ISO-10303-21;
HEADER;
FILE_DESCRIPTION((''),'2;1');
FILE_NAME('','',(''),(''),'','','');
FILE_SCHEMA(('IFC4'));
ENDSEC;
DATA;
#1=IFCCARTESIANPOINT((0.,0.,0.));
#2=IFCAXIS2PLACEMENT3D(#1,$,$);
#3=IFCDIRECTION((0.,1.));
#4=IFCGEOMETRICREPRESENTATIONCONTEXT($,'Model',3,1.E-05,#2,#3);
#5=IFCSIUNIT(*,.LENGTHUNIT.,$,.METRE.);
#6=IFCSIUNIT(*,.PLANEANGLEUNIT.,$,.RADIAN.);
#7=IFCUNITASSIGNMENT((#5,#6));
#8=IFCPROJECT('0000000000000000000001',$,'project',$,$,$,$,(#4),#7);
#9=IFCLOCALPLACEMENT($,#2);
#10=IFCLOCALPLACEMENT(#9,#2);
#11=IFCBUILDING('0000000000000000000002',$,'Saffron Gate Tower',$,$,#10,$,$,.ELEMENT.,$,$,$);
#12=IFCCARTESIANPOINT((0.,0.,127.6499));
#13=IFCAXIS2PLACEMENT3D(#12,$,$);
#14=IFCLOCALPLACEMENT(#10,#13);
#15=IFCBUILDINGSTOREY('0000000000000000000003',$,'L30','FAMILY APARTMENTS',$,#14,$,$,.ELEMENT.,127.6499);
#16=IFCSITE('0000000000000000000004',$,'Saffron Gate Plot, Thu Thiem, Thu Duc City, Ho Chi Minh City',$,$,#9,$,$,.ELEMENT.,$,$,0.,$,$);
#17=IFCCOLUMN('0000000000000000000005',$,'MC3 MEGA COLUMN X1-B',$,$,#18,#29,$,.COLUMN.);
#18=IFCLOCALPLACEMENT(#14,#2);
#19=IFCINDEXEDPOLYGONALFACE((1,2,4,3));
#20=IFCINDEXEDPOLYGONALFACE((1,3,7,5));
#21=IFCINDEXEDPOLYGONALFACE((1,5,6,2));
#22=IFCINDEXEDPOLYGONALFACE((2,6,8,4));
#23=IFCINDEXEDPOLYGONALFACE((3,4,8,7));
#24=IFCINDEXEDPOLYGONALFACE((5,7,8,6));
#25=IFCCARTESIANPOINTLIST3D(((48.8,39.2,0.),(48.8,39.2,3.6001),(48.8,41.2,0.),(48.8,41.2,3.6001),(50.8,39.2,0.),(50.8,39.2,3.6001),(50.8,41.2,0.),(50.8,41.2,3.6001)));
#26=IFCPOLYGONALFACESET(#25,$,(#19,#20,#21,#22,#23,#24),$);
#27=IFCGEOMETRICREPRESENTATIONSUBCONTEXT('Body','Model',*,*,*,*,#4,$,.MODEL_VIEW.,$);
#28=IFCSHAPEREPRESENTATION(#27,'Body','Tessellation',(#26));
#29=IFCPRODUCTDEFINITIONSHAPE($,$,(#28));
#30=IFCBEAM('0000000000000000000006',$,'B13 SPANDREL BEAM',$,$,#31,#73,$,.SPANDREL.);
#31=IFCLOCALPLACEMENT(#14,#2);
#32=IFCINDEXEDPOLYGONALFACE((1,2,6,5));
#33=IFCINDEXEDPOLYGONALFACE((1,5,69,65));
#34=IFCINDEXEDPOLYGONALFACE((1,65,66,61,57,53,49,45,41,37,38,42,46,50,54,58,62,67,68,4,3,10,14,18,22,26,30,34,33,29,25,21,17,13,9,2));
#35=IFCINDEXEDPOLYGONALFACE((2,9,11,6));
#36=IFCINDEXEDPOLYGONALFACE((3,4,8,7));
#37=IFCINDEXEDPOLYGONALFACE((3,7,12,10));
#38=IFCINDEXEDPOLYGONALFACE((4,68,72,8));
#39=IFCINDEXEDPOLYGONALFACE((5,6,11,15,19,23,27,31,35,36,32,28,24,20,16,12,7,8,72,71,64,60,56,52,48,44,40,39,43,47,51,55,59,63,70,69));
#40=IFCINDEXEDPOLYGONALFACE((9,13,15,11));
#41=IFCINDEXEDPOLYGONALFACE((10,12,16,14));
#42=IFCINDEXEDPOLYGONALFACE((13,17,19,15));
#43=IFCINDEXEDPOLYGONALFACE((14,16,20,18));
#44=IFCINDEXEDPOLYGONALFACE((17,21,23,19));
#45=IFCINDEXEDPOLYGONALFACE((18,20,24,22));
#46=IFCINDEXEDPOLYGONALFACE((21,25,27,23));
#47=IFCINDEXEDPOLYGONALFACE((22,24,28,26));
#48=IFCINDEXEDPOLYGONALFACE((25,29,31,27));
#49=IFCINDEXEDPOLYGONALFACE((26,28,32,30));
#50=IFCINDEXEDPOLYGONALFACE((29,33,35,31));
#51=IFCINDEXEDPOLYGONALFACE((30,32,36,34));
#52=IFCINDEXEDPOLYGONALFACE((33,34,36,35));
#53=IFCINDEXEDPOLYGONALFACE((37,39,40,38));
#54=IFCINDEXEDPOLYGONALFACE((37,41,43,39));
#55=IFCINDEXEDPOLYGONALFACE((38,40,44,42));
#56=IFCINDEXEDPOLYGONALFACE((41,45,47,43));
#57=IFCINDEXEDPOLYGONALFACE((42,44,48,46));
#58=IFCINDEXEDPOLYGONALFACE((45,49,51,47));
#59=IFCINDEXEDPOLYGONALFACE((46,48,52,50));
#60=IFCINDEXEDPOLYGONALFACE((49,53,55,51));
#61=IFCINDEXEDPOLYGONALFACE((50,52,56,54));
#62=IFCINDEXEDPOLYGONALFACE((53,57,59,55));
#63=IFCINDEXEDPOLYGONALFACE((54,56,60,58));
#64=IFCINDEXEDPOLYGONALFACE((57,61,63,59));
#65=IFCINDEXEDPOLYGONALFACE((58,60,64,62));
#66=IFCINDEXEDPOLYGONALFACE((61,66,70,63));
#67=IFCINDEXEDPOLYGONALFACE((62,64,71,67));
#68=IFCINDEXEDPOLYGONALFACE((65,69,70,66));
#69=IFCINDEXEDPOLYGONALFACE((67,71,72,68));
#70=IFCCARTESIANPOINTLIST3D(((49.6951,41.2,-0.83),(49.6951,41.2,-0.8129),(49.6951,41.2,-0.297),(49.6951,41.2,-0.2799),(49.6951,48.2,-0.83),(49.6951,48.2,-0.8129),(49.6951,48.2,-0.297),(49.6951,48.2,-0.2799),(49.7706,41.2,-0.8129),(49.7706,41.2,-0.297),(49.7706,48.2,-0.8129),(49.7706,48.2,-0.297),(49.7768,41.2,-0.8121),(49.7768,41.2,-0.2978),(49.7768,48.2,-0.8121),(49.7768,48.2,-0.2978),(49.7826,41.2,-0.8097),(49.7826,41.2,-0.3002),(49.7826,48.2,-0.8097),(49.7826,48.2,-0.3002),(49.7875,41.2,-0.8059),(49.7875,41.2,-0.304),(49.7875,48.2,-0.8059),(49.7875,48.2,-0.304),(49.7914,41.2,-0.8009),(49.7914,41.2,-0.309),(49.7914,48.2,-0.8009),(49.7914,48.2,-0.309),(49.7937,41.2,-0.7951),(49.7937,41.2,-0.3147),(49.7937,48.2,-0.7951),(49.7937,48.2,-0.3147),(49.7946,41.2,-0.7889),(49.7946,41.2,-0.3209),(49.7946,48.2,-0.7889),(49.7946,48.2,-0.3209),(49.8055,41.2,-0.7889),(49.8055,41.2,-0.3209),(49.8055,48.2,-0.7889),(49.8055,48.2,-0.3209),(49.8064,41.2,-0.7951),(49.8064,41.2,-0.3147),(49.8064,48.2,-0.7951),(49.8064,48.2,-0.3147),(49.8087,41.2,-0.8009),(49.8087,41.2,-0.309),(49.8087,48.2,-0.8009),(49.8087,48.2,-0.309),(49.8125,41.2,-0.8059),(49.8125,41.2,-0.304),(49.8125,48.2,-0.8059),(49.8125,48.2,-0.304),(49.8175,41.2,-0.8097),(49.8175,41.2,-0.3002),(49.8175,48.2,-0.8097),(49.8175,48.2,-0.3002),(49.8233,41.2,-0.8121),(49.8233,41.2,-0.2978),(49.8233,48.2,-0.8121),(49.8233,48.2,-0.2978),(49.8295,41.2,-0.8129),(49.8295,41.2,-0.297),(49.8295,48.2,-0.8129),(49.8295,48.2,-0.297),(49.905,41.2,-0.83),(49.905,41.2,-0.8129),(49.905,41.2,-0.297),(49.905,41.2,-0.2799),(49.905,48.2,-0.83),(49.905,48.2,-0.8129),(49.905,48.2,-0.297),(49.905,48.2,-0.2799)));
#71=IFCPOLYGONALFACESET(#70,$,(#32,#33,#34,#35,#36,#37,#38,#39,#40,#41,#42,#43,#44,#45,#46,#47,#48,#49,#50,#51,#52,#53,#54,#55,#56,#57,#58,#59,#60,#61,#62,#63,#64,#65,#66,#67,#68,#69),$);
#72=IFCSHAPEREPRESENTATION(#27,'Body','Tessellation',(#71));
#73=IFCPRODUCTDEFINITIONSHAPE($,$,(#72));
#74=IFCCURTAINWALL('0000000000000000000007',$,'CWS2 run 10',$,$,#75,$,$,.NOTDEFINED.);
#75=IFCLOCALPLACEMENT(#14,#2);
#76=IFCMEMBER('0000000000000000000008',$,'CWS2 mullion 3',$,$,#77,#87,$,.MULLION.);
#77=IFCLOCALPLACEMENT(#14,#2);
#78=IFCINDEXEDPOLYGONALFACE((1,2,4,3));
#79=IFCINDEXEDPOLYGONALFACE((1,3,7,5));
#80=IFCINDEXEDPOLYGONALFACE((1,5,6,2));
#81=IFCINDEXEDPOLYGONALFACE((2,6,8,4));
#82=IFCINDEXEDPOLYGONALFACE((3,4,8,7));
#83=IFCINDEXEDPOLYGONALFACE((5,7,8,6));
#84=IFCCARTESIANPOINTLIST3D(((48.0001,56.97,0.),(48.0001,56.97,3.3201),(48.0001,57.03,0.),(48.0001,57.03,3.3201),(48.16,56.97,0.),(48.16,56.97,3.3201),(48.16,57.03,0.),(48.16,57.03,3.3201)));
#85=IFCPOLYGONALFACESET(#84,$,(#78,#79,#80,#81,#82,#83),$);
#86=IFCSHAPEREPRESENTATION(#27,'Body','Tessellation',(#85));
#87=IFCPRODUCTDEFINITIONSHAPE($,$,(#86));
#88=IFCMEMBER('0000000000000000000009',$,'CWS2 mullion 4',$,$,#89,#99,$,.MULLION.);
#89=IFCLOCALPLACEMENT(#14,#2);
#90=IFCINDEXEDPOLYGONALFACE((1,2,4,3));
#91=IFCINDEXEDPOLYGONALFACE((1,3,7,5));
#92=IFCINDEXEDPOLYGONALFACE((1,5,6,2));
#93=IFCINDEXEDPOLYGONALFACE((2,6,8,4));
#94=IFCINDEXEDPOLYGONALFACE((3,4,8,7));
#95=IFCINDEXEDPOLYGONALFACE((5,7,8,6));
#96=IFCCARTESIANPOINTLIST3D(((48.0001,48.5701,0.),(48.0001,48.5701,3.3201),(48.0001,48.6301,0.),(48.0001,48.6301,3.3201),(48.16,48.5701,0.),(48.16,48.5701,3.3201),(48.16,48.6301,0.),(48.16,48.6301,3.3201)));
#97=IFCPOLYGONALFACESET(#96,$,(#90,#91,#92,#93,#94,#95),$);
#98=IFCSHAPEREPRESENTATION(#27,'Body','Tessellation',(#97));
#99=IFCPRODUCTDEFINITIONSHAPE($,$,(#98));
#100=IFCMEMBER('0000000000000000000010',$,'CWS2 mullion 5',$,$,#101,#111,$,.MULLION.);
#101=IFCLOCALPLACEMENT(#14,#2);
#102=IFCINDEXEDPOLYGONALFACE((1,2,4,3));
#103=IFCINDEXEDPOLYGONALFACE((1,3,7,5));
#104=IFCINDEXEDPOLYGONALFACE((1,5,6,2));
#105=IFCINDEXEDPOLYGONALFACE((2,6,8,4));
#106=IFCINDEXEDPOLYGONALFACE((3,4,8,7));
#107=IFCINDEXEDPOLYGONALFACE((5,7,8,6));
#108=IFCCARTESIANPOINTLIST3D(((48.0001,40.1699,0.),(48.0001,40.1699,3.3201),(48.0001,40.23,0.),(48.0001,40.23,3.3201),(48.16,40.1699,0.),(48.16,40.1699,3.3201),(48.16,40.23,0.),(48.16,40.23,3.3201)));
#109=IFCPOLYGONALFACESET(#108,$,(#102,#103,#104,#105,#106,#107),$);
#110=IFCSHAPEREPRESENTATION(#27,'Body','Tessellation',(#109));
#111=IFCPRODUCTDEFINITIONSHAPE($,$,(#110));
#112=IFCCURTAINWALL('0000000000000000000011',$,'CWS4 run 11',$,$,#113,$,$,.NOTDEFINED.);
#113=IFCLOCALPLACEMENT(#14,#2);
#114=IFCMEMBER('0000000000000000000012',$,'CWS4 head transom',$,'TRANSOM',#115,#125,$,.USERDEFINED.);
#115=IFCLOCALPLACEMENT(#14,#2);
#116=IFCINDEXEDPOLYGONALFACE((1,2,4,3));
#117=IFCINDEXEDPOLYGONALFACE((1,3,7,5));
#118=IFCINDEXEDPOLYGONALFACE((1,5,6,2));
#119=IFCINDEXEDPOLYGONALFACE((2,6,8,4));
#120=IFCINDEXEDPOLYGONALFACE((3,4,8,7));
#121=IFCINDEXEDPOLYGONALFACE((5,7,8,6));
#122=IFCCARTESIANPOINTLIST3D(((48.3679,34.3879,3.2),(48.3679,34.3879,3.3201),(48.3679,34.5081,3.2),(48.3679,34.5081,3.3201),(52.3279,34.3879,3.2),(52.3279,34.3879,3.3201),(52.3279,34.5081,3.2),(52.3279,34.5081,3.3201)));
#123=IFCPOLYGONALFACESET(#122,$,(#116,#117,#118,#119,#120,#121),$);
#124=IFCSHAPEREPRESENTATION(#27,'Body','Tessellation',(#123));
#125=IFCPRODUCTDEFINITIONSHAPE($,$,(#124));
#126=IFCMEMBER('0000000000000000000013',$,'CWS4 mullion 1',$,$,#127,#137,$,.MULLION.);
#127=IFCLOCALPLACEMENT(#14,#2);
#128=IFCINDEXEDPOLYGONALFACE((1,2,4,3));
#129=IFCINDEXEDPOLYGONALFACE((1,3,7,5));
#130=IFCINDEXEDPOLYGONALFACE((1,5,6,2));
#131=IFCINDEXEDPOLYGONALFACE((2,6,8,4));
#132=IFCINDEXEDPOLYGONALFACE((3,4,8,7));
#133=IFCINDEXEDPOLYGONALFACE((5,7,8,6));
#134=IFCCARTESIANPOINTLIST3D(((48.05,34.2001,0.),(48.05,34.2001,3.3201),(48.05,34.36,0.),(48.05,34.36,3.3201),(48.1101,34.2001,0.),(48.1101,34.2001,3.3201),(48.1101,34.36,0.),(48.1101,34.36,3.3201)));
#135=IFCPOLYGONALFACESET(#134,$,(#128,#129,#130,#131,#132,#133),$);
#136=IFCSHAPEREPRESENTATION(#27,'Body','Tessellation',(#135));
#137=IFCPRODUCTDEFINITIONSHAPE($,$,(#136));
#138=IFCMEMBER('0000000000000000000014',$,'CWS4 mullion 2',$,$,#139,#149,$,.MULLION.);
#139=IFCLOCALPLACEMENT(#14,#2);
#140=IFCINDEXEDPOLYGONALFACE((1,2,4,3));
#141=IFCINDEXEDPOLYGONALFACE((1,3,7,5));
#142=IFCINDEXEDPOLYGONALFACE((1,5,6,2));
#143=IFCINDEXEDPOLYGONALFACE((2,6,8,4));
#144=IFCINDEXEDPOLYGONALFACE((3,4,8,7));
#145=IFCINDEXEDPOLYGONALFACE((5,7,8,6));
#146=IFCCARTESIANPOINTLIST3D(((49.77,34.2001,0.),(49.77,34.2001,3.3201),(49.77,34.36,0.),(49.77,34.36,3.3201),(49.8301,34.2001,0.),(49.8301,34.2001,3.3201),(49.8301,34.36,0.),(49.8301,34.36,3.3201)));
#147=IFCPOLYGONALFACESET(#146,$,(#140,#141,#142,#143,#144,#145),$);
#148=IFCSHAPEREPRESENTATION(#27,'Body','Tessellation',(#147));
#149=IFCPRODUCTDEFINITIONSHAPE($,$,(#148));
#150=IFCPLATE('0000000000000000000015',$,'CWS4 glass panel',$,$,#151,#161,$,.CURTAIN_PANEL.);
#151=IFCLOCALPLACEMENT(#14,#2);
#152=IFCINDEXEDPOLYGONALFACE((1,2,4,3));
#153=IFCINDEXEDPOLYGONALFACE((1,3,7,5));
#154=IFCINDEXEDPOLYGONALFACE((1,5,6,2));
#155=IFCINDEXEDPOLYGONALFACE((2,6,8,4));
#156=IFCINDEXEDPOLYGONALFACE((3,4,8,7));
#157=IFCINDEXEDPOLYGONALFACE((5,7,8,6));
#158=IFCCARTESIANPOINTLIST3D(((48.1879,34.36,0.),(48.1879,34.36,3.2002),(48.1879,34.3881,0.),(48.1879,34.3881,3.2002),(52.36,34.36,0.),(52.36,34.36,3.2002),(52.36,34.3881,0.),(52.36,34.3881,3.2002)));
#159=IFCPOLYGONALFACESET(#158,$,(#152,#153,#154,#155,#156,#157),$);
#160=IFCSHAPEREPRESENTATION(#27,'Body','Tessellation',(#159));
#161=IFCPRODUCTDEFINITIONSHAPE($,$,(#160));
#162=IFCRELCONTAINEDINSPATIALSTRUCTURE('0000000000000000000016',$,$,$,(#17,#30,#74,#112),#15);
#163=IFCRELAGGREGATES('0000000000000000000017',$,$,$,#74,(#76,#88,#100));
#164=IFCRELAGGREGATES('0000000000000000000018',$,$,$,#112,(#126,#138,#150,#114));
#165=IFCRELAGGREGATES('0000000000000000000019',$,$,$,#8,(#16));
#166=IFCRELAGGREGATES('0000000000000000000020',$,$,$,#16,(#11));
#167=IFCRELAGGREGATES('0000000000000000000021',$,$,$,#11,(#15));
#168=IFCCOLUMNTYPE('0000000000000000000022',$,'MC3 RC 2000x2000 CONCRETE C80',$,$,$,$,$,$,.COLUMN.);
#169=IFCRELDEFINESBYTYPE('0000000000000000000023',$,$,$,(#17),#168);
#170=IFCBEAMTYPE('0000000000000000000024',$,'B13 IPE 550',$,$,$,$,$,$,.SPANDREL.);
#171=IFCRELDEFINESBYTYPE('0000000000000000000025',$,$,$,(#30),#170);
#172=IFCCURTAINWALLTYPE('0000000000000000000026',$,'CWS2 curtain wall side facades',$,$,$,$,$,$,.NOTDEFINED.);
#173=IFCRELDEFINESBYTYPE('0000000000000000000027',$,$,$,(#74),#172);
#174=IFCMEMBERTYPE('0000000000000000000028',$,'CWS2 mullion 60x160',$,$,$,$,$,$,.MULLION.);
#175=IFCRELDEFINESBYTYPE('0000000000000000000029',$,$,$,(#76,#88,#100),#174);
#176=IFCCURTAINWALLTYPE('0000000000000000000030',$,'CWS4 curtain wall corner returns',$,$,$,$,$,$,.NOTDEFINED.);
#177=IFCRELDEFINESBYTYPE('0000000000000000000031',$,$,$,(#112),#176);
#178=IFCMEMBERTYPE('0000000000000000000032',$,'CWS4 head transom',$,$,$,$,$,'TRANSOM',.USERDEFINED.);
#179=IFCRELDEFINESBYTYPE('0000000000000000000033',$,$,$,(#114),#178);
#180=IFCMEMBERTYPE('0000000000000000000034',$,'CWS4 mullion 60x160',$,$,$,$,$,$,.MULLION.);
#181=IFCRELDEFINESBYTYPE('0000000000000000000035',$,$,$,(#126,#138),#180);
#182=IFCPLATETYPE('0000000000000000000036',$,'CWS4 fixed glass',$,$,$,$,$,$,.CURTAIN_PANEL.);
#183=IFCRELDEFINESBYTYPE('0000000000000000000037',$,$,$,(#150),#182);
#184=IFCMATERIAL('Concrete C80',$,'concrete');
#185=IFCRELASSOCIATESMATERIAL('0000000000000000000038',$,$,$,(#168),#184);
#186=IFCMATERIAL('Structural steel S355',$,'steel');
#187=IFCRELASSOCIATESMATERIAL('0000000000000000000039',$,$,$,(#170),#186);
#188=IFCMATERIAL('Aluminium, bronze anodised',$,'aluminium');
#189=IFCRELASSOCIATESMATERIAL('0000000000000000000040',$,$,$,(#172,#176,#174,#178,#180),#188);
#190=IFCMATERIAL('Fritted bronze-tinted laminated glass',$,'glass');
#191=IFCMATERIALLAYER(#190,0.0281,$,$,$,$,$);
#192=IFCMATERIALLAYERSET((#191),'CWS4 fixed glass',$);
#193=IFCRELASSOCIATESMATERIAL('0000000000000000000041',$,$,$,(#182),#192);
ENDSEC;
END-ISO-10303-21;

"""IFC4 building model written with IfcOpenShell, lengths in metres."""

from ifc_helpers import new_model, si_unit, direction, frame, frame_2d, origin, origin_2d, place, context, subcontext, project, spatial, rectangle, i_section, extrude, material, layer, layer_set, material_profile, profile_set, type_object, element, aggregate, save


model = new_model("IFC4")

# Units and contexts
model_context = context("Model", 3, precision=1e-05, world=origin(), true_north=direction((0.0, 1.0)))
body_context = subcontext(model_context, "Body", "Model", "MODEL_VIEW")
ifc_project = project(units=[si_unit("LENGTHUNIT", "METRE"), si_unit("PLANEANGLEUNIT", "RADIAN")], contexts=[model_context])

# Site, building, storey
site_placement = place(None, origin())
site = spatial("IfcSite", under=ifc_project, at=site_placement, Name="Saffron Gate Plot, Thu Thiem, Thu Duc City, Ho Chi Minh City", CompositionType="ELEMENT", RefElevation=0.0)
building_placement = place(site_placement, origin())
building = spatial("IfcBuilding", under=site, at=building_placement, Name="Saffron Gate Tower", CompositionType="ELEMENT")
storey_placement = place(building_placement, frame((0.0, 0.0, 127.6499)))
storey = spatial("IfcBuildingStorey", under=building, at=storey_placement, Name="L30", Description="FAMILY APARTMENTS", CompositionType="ELEMENT", Elevation=127.6499)

# Column
ifc_material_1 = material(Name="Concrete C80", Category="concrete")
ifc_material_profile_1 = material_profile(ifc_material_1, rectangle(XDim=2.0, YDim=2.0, at=origin_2d()))
ifc_profile_set_1 = profile_set([ifc_material_profile_1], Name="Concrete C80")
column_type = type_object("IfcColumnType", Name="MC3 RC 2000x2000 CONCRETE C80", PredefinedType="COLUMN", material=ifc_profile_set_1)
column_placement = place(storey_placement, frame((49.8, 40.2, 0.0), z_axis=(0.0, 0.0, 1.0), x_axis=(1.0, 0.0, 0.0)))
element("IfcColumn", 1, at=column_placement, inside=storey, type_object=column_type, Name="MC3 MEGA COLUMN X1-B", PredefinedType="COLUMN", context=body_context, shape_type="SweptSolid", body=[
    extrude(rectangle(XDim=2.0, YDim=2.0, at=origin_2d()), origin(), (0.0, 0.0, 1.0), 3.6001),
])

# Beam
ifc_material_2 = material(Name="Structural steel S355", Category="steel")
ifc_material_profile_2 = material_profile(ifc_material_2, i_section(OverallWidth=0.21, OverallDepth=0.55, WebThickness=0.011, FlangeThickness=0.0171, FilletRadius=0.0239, at=origin_2d()))
ifc_profile_set_2 = profile_set([ifc_material_profile_2], Name="Structural steel S355")
beam_type = type_object("IfcBeamType", Name="B13 IPE 550", PredefinedType="SPANDREL", material=ifc_profile_set_2)
beam_placement = place(storey_placement, frame((49.8, 41.2, -0.5549), z_axis=(0.0, 1.0, 0.0), x_axis=(-1.0, 0.0, 0.0)))
element("IfcBeam", 2, at=beam_placement, inside=storey, type_object=beam_type, Name="B13 SPANDREL BEAM", PredefinedType="SPANDREL", context=body_context, shape_type="SweptSolid", body=[
    extrude(i_section(OverallWidth=0.21, OverallDepth=0.55, WebThickness=0.011, FlangeThickness=0.0171, FilletRadius=0.0239, at=origin_2d()), origin(), (0.0, 0.0, 1.0), 7.0),
])

# Curtain wall, members
ifc_material_3 = material(Name="Aluminium, bronze anodised", Category="aluminium")
curtain_wall_type_1 = type_object("IfcCurtainWallType", Name="CWS2 curtain wall side facades", PredefinedType="NOTDEFINED", material=ifc_material_3)
curtain_wall_1_placement = place(storey_placement, origin())
curtain_wall_1 = element("IfcCurtainWall", 3, at=curtain_wall_1_placement, inside=storey, type_object=curtain_wall_type_1, Name="CWS2 run 10", PredefinedType="NOTDEFINED")
ifc_material_profile_3 = material_profile(ifc_material_3, rectangle(XDim=0.1599, YDim=0.0601, at=origin_2d()))
ifc_profile_set_3 = profile_set([ifc_material_profile_3], Name="Aluminium, bronze anodised")
member_type_1 = type_object("IfcMemberType", Name="CWS2 mullion 60x160", PredefinedType="MULLION", material=ifc_profile_set_3)
member_1_placement = place(storey_placement, frame((48.0801, 57.0, 0.0), z_axis=(0.0, 0.0, 1.0), x_axis=(1.0, 0.0, 0.0)))
member_1 = element("IfcMember", 4, at=member_1_placement, type_object=member_type_1, Name="CWS2 mullion 3", PredefinedType="MULLION", context=body_context, shape_type="SweptSolid", body=[
    extrude(rectangle(XDim=0.1599, YDim=0.0601, at=origin_2d()), origin(), (0.0, 0.0, 1.0), 3.3201),
])
member_2_placement = place(storey_placement, frame((48.0801, 48.6001, 0.0), z_axis=(0.0, 0.0, 1.0), x_axis=(1.0, 0.0, 0.0)))
member_2 = element("IfcMember", 5, at=member_2_placement, type_object=member_type_1, Name="CWS2 mullion 4", PredefinedType="MULLION", context=body_context, shape_type="SweptSolid", body=[
    extrude(rectangle(XDim=0.1599, YDim=0.0601, at=origin_2d()), origin(), (0.0, 0.0, 1.0), 3.3201),
])
member_3_placement = place(storey_placement, frame((48.0801, 40.2, 0.0), z_axis=(0.0, 0.0, 1.0), x_axis=(1.0, 0.0, 0.0)))
member_3 = element("IfcMember", 6, at=member_3_placement, type_object=member_type_1, Name="CWS2 mullion 5", PredefinedType="MULLION", context=body_context, shape_type="SweptSolid", body=[
    extrude(rectangle(XDim=0.1599, YDim=0.0601, at=origin_2d()), origin(), (0.0, 0.0, 1.0), 3.3201),
])
aggregate(curtain_wall_1, [member_1, member_2, member_3])

# Curtain wall, members, plate
curtain_wall_type_2 = type_object("IfcCurtainWallType", Name="CWS4 curtain wall corner returns", PredefinedType="NOTDEFINED", material=ifc_material_3)
curtain_wall_2_placement = place(storey_placement, origin())
curtain_wall_2 = element("IfcCurtainWall", 7, at=curtain_wall_2_placement, inside=storey, type_object=curtain_wall_type_2, Name="CWS4 run 11", PredefinedType="NOTDEFINED")
ifc_material_profile_4 = material_profile(ifc_material_3, rectangle(XDim=0.1201, YDim=0.1201, at=origin_2d()))
ifc_profile_set_4 = profile_set([ifc_material_profile_4], Name="Aluminium, bronze anodised")
member_type_2 = type_object("IfcMemberType", Name="CWS4 head transom", ElementType="TRANSOM", PredefinedType="USERDEFINED", material=ifc_profile_set_4)
member_4_placement = place(storey_placement, frame((48.3679, 34.448, 3.26), z_axis=(1.0, 0.0, 0.0), x_axis=(0.0, 1.0, 0.0)))
member_4 = element("IfcMember", 8, at=member_4_placement, type_object=member_type_2, Name="CWS4 head transom", ObjectType="TRANSOM", PredefinedType="USERDEFINED", context=body_context, shape_type="SweptSolid", body=[
    extrude(rectangle(XDim=0.1201, YDim=0.1201, at=origin_2d()), origin(), (0.0, 0.0, 1.0), 3.96),
])
ifc_material_profile_5 = material_profile(ifc_material_3, rectangle(XDim=0.1599, YDim=0.0601, at=origin_2d()))
ifc_profile_set_5 = profile_set([ifc_material_profile_5], Name="Aluminium, bronze anodised")
member_type_3 = type_object("IfcMemberType", Name="CWS4 mullion 60x160", PredefinedType="MULLION", material=ifc_profile_set_5)
member_5_placement = place(storey_placement, frame((48.0801, 34.28, 0.0), z_axis=(0.0, 0.0, 1.0), x_axis=(0.0, 1.0, 0.0)))
member_5 = element("IfcMember", 9, at=member_5_placement, type_object=member_type_3, Name="CWS4 mullion 1", PredefinedType="MULLION", context=body_context, shape_type="SweptSolid", body=[
    extrude(rectangle(XDim=0.1599, YDim=0.0601, at=origin_2d()), origin(), (0.0, 0.0, 1.0), 3.3201),
])
member_6_placement = place(storey_placement, frame((49.8, 34.28, 0.0), z_axis=(0.0, 0.0, 1.0), x_axis=(0.0, 1.0, 0.0)))
member_6 = element("IfcMember", 10, at=member_6_placement, type_object=member_type_3, Name="CWS4 mullion 2", PredefinedType="MULLION", context=body_context, shape_type="SweptSolid", body=[
    extrude(rectangle(XDim=0.1599, YDim=0.0601, at=origin_2d()), origin(), (0.0, 0.0, 1.0), 3.3201),
])
ifc_material_4 = material(Name="Fritted bronze-tinted laminated glass", Category="glass")
ifc_layer_1 = layer(ifc_material_4, 0.0281)
ifc_layer_set_1 = layer_set([ifc_layer_1], Name="CWS4 fixed glass")
plate_type = type_object("IfcPlateType", Name="CWS4 fixed glass", PredefinedType="CURTAIN_PANEL", material=ifc_layer_set_1)
plate_placement = place(storey_placement, frame((48.188, 34.374, 0.0), z_axis=(0.0, 0.0, 1.0), x_axis=(1.0, 0.0, 0.0)))
plate = element("IfcPlate", 11, at=plate_placement, type_object=plate_type, Name="CWS4 glass panel", PredefinedType="CURTAIN_PANEL", context=body_context, shape_type="SweptSolid", body=[
    extrude(rectangle(XDim=4.1721, YDim=0.0281, at=frame_2d((2.0859, 0.0))), origin(), (0.0, 0.0, 1.0), 3.2002),
])
aggregate(curtain_wall_2, [member_5, member_6, plate, member_4])

save(model, "model.ifc")
